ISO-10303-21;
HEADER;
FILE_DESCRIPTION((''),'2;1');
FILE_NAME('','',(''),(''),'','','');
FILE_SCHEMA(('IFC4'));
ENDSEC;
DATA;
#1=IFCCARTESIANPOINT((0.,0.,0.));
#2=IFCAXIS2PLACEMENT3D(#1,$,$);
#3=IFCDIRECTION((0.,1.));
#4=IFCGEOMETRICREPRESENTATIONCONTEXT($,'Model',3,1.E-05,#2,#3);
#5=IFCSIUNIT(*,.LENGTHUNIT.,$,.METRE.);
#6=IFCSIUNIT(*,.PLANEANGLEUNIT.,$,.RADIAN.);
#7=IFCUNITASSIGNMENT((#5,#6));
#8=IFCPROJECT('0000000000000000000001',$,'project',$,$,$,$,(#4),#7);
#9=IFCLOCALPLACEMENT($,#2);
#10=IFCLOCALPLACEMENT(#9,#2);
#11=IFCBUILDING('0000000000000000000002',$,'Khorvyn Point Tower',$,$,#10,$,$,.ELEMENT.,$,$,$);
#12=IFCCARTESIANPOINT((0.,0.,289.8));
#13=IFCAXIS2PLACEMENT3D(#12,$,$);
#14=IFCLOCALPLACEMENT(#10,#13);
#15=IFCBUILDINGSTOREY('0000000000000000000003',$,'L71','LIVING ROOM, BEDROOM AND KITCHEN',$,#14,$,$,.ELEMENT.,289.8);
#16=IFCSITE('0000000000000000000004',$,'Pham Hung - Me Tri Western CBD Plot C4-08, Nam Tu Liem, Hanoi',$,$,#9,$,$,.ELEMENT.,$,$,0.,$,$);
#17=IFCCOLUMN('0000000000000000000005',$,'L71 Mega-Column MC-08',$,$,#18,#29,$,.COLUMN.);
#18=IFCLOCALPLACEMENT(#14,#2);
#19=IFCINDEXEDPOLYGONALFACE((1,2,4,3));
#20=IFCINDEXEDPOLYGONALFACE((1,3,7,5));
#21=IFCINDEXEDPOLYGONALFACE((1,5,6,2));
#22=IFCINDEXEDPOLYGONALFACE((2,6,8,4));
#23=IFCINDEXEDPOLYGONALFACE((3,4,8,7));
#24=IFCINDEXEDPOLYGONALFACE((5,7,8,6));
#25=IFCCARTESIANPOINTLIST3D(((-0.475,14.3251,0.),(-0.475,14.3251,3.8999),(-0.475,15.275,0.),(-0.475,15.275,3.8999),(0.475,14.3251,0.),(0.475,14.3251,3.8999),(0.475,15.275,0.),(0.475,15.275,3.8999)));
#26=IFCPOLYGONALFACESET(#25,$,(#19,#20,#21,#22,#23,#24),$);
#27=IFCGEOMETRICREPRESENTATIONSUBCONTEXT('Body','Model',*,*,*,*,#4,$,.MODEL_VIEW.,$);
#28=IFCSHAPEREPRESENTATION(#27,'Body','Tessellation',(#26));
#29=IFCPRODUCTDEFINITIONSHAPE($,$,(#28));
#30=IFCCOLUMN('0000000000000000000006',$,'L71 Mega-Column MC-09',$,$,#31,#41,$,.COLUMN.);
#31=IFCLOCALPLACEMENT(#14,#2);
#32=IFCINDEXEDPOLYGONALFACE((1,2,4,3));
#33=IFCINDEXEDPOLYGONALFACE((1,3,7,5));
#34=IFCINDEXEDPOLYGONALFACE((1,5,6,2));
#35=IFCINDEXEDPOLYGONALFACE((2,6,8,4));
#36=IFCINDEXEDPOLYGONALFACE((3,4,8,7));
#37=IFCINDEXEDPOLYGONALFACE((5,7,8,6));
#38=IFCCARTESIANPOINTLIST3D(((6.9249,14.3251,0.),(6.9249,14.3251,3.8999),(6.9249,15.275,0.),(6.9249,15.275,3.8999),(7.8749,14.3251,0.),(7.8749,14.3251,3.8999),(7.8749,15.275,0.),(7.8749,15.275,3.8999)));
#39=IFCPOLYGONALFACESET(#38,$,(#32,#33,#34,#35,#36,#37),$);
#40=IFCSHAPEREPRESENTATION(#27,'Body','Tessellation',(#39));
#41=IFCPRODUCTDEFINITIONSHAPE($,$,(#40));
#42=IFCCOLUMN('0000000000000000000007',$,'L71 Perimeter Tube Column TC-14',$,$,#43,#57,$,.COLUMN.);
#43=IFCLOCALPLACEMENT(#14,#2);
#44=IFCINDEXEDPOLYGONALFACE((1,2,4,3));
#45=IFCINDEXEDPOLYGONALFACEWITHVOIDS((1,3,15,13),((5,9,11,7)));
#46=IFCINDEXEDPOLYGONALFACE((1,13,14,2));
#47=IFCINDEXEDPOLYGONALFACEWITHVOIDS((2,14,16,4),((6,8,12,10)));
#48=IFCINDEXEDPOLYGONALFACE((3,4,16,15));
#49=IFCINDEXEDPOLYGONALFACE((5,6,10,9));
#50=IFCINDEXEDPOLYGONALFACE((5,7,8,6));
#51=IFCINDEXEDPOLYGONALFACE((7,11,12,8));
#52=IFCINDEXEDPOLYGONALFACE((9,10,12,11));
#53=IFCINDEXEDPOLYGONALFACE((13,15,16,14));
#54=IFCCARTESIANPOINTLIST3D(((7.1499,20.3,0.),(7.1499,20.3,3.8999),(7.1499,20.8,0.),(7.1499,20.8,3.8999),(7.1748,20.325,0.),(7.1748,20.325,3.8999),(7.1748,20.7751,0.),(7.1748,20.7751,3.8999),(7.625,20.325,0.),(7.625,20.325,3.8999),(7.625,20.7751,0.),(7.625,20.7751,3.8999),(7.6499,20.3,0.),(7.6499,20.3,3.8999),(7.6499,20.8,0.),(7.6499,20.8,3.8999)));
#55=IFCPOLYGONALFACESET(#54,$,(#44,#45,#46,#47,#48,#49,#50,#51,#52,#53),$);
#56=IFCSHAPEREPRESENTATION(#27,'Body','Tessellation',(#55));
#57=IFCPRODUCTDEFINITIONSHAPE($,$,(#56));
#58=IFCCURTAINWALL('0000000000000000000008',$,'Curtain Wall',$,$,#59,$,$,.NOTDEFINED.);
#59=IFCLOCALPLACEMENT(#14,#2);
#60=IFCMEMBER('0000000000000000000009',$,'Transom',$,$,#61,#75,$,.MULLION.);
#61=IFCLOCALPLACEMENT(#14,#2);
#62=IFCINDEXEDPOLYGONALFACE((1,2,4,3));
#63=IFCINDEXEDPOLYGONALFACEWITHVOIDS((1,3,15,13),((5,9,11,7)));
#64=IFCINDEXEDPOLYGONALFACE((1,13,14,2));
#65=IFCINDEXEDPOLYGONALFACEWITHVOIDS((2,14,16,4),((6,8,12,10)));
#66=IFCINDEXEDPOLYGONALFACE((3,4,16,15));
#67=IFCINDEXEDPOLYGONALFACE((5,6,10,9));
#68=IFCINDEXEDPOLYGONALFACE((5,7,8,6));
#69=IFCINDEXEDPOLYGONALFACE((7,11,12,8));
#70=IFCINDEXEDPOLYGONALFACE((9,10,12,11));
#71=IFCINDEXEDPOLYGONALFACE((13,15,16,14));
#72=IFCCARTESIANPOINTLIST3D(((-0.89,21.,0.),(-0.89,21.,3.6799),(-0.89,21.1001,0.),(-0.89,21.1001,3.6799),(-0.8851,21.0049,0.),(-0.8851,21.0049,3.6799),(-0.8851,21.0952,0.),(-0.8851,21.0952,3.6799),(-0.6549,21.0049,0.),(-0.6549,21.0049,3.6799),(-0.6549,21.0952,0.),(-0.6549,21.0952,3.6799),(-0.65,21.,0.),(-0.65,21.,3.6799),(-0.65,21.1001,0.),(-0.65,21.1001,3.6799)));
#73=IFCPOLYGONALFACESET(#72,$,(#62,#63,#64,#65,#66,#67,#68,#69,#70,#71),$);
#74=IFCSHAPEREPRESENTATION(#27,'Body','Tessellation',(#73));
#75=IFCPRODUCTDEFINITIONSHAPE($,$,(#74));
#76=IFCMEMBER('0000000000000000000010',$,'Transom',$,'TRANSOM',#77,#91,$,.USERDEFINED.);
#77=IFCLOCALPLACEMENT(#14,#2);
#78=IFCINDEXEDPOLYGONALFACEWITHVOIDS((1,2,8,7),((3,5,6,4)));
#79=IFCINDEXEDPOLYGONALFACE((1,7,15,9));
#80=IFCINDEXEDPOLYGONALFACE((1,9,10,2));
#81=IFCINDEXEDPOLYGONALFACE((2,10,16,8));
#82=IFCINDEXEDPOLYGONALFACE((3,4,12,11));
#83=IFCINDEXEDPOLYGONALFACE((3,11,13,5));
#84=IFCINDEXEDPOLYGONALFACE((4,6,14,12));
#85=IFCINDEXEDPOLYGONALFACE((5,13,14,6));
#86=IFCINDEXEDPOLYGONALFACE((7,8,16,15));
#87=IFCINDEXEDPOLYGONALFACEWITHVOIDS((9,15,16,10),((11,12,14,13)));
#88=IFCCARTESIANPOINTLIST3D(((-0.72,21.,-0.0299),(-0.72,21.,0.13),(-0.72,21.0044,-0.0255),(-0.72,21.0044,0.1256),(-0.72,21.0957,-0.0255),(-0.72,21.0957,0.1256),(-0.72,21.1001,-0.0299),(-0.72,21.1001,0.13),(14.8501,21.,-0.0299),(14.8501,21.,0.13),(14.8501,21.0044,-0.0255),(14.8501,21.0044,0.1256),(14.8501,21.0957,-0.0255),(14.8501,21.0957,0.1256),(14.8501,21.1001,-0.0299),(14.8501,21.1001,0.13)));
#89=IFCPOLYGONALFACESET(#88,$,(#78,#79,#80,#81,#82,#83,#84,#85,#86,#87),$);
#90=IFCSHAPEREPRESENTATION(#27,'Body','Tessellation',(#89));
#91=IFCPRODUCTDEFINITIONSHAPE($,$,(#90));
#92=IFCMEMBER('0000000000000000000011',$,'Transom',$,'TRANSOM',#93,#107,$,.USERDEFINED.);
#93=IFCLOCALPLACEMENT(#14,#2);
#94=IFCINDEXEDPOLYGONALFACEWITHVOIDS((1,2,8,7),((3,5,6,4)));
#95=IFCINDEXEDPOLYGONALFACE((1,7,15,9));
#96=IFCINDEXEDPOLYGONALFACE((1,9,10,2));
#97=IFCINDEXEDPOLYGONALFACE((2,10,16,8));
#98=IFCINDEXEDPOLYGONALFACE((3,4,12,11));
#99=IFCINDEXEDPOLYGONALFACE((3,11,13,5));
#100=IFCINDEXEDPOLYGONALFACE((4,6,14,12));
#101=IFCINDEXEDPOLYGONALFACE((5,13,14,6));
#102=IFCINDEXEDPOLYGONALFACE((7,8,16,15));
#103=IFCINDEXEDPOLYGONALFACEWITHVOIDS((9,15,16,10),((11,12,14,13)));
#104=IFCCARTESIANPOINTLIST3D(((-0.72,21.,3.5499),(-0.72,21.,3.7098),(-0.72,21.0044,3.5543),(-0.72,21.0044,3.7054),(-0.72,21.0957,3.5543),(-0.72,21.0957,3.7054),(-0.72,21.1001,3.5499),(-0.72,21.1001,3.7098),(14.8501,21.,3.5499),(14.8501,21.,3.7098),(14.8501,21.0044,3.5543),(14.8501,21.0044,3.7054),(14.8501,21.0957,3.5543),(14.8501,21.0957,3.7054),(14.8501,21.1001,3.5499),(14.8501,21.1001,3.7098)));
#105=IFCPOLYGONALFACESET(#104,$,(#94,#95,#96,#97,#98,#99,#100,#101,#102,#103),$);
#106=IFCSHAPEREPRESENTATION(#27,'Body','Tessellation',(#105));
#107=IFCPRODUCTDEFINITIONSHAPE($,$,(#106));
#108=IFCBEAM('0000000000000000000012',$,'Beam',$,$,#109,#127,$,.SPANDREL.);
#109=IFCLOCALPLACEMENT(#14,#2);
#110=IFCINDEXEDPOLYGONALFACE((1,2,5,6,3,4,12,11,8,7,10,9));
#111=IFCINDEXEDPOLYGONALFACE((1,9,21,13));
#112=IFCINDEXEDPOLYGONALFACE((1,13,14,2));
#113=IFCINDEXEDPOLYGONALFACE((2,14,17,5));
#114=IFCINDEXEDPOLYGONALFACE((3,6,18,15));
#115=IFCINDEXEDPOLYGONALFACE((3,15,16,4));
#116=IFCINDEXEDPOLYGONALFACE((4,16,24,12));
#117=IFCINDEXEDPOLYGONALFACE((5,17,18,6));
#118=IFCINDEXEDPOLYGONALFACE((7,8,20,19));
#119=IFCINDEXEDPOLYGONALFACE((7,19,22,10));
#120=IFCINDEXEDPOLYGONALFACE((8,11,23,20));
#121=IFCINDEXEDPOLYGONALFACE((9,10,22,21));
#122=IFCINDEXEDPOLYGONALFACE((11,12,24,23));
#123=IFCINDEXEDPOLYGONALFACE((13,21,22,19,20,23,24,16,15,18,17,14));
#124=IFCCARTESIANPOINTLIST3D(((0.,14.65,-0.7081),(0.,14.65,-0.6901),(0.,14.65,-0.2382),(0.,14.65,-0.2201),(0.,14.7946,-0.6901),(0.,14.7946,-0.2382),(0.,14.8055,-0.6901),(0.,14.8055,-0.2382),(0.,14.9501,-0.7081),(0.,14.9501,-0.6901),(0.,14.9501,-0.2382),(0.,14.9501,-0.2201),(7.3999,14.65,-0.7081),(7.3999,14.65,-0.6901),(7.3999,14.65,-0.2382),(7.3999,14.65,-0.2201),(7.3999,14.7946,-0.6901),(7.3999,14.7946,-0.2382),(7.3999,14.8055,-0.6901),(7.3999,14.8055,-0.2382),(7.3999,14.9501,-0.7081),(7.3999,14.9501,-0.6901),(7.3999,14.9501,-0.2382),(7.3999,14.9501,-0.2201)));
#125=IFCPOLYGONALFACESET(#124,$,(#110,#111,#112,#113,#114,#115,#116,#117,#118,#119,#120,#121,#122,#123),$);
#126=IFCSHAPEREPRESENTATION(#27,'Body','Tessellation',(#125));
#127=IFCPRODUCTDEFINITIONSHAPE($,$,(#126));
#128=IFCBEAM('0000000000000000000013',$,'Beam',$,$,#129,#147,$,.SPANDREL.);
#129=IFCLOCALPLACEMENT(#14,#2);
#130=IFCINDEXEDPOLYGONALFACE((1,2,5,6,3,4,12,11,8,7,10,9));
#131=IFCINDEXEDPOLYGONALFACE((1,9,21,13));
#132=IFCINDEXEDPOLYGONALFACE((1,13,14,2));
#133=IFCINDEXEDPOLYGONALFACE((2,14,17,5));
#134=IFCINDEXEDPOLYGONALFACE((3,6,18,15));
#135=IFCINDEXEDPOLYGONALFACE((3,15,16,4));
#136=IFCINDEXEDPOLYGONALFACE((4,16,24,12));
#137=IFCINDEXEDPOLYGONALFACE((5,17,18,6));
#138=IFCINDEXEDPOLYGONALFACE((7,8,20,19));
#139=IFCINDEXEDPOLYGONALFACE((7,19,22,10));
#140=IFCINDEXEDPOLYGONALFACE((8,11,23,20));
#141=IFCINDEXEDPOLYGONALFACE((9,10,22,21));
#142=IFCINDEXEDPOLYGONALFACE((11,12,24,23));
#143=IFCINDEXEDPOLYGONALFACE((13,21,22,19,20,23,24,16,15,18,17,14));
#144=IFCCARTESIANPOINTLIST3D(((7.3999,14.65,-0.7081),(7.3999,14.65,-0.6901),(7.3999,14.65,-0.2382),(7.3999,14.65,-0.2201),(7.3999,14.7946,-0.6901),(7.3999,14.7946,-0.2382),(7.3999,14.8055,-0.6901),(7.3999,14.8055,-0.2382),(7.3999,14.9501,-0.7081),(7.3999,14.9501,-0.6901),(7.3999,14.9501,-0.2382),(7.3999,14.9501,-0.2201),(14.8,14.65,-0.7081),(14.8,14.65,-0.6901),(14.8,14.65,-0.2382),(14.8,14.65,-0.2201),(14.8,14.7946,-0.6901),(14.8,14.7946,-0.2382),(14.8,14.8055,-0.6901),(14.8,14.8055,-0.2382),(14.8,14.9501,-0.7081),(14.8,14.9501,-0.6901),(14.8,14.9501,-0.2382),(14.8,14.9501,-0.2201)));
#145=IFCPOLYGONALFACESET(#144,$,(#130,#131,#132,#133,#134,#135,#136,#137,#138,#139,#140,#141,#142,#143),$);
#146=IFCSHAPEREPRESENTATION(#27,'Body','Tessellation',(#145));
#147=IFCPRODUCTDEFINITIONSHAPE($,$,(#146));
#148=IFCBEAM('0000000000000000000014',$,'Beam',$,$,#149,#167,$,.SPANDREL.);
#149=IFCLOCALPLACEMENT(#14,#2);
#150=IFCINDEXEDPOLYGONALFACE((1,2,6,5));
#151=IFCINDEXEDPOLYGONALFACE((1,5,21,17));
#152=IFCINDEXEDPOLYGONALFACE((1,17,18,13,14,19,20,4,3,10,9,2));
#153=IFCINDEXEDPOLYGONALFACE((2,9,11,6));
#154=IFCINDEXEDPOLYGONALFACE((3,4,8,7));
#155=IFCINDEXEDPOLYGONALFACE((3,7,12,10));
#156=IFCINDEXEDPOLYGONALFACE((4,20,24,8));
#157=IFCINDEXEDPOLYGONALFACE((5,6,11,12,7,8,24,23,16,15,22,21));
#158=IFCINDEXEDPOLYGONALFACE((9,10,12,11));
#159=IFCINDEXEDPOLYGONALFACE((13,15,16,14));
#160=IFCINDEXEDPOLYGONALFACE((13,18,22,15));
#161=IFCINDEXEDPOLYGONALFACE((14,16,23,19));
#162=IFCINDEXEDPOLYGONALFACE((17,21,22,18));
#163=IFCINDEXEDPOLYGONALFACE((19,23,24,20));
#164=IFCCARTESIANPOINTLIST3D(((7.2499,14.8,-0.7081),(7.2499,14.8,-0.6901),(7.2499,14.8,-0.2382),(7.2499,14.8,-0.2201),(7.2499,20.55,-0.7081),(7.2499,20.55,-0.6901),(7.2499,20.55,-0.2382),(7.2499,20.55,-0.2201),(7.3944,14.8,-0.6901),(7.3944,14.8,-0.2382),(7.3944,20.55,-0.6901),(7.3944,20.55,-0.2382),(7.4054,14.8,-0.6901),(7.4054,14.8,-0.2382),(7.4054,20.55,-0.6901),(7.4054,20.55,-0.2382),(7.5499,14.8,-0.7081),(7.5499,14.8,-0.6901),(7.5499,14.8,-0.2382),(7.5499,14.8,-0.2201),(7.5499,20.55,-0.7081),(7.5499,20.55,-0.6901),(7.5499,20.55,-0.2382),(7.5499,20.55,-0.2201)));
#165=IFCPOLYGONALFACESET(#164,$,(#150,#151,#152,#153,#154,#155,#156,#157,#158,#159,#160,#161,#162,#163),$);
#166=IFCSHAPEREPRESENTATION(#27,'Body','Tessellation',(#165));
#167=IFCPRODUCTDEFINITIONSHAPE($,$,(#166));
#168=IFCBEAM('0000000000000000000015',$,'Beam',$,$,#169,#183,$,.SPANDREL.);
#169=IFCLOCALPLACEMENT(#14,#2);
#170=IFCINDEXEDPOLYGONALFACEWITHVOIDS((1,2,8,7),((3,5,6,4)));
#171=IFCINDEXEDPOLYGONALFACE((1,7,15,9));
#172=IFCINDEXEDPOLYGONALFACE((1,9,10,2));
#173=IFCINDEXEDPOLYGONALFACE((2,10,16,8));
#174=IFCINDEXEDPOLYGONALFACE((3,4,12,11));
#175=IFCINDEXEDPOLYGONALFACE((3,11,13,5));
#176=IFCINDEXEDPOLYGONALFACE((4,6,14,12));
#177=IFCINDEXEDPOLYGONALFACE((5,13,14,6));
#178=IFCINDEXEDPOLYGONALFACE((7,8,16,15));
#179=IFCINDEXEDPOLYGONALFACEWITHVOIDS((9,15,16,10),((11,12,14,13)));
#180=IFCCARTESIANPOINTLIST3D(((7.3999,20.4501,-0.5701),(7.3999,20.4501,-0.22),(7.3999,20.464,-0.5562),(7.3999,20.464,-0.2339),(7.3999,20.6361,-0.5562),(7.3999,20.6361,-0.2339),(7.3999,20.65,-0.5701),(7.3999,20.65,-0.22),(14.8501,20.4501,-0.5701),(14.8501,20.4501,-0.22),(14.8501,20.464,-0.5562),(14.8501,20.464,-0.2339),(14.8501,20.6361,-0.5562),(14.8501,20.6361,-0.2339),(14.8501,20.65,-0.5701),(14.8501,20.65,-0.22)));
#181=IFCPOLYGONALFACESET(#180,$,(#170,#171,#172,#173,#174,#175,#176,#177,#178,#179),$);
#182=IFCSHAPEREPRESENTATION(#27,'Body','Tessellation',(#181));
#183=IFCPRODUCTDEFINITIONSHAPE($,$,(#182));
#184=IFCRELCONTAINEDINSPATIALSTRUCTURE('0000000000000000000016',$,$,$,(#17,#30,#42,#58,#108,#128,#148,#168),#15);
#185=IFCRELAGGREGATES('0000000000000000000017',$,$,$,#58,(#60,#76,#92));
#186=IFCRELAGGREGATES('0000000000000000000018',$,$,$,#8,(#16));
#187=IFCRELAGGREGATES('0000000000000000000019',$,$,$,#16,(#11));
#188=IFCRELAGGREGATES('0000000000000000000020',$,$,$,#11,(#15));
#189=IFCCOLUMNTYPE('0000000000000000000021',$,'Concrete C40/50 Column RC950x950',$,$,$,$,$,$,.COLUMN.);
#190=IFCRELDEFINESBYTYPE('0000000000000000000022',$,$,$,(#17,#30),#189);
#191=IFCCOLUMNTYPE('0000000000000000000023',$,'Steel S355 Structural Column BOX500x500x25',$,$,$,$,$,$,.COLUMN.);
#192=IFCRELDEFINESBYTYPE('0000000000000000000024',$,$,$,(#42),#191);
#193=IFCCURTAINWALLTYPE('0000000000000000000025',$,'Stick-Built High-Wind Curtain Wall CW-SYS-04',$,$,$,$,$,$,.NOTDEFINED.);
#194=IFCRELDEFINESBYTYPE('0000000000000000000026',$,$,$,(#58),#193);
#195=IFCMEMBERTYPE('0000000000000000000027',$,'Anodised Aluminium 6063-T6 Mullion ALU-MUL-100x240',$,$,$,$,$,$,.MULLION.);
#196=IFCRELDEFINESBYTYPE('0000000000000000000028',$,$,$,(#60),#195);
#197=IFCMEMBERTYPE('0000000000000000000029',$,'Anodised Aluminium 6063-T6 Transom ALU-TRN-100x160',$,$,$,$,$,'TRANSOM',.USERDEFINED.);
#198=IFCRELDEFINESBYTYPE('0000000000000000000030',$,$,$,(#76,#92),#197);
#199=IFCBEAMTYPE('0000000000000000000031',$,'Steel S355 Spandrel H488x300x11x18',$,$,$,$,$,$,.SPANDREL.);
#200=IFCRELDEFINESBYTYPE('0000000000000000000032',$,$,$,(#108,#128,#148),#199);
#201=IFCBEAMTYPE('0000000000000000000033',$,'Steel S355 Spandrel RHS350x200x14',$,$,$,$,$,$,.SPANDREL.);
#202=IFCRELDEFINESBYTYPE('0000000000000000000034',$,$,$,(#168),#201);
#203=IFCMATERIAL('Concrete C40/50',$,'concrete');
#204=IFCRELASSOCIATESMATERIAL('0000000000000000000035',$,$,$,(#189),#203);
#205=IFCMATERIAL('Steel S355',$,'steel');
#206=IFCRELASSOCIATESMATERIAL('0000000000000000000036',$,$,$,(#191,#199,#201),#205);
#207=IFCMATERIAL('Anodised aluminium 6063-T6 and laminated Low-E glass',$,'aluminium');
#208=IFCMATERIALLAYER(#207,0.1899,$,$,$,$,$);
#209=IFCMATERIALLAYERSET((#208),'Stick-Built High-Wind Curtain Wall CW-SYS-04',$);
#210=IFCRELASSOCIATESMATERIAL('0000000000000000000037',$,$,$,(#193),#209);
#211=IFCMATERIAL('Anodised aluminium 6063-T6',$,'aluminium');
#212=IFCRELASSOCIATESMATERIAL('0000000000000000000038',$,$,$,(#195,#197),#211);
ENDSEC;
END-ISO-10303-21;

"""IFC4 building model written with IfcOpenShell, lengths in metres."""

from ifc_helpers import new_model, si_unit, direction, frame, origin, origin_2d, place, context, subcontext, project, spatial, rectangle, hollow_rectangle, i_section, extrude, material, layer, layer_set, material_profile, profile_set, type_object, element, aggregate, save


model = new_model("IFC4")

# Units and contexts
model_context = context("Model", 3, precision=1e-05, world=origin(), true_north=direction((0.0, 1.0)))
body_context = subcontext(model_context, "Body", "Model", "MODEL_VIEW")
ifc_project = project(units=[si_unit("LENGTHUNIT", "METRE"), si_unit("PLANEANGLEUNIT", "RADIAN")], contexts=[model_context])

# Site, building, storey
site_placement = place(None, origin())
site = spatial("IfcSite", under=ifc_project, at=site_placement, Name="Pham Hung - Me Tri Western CBD Plot C4-08, Nam Tu Liem, Hanoi", CompositionType="ELEMENT", RefElevation=0.0)
building_placement = place(site_placement, origin())
building = spatial("IfcBuilding", under=site, at=building_placement, Name="Khorvyn Point Tower", CompositionType="ELEMENT")
storey_placement = place(building_placement, frame((0.0, 0.0, 289.8)))
storey = spatial("IfcBuildingStorey", under=building, at=storey_placement, Name="L71", Description="LIVING ROOM, BEDROOM AND KITCHEN", CompositionType="ELEMENT", Elevation=289.8)

# Columns
ifc_material_1 = material(Name="Concrete C40/50", Category="concrete")
ifc_material_profile_1 = material_profile(ifc_material_1, rectangle(XDim=0.95, YDim=0.95, at=origin_2d()))
ifc_profile_set_1 = profile_set([ifc_material_profile_1], Name="Concrete C40/50 RC950x950")
column_type_1 = type_object("IfcColumnType", Name="Concrete C40/50 Column RC950x950", PredefinedType="COLUMN", material=ifc_profile_set_1)
for number, where, z_axis, x_axis, name in (
    (1, (0.0, 14.8, 0.0), (0.0, 0.0, 1.0), (1.0, 0.0, 0.0), "L71 Mega-Column MC-08"),
    (2, (7.3999, 14.8, 0.0), (0.0, 0.0, 1.0), (1.0, 0.0, 0.0), "L71 Mega-Column MC-09"),
):
    element("IfcColumn", number, at=place(storey_placement, frame(where, z_axis=z_axis, x_axis=x_axis)), inside=storey, type_object=column_type_1, Name=name, PredefinedType="COLUMN", context=body_context, shape_type="SweptSolid", body=[
        extrude(rectangle(XDim=0.95, YDim=0.95, at=origin_2d()), origin(), (0.0, 0.0, 1.0), 3.8999),
    ])
ifc_material_2 = material(Name="Steel S355", Category="steel")
ifc_material_profile_2 = material_profile(ifc_material_2, hollow_rectangle(XDim=0.5, YDim=0.5, WallThickness=0.0249, at=origin_2d()))
ifc_profile_set_2 = profile_set([ifc_material_profile_2], Name="Steel S355 BOX500x500x25")
column_type_2 = type_object("IfcColumnType", Name="Steel S355 Structural Column BOX500x500x25", PredefinedType="COLUMN", material=ifc_profile_set_2)
column_placement = place(storey_placement, frame((7.3999, 20.55, 0.0), z_axis=(0.0, 0.0, 1.0), x_axis=(1.0, 0.0, 0.0)))
element("IfcColumn", 3, at=column_placement, inside=storey, type_object=column_type_2, Name="L71 Perimeter Tube Column TC-14", PredefinedType="COLUMN", context=body_context, shape_type="SweptSolid", body=[
    extrude(hollow_rectangle(XDim=0.5, YDim=0.5, WallThickness=0.0249, at=origin_2d()), origin(), (0.0, 0.0, 1.0), 3.8999),
])

# Curtain wall, members
ifc_material_3 = material(Name="Anodised aluminium 6063-T6 and laminated Low-E glass", Category="aluminium")
ifc_layer_1 = layer(ifc_material_3, 0.1899)
ifc_layer_set_1 = layer_set([ifc_layer_1], Name="Stick-Built High-Wind Curtain Wall CW-SYS-04")
curtain_wall_type = type_object("IfcCurtainWallType", Name="Stick-Built High-Wind Curtain Wall CW-SYS-04", PredefinedType="NOTDEFINED", material=ifc_layer_set_1)
curtain_wall_placement = place(storey_placement, origin())
curtain_wall = element("IfcCurtainWall", 4, at=curtain_wall_placement, inside=storey, type_object=curtain_wall_type, Name="Curtain Wall", PredefinedType="NOTDEFINED")
ifc_material_4 = material(Name="Anodised aluminium 6063-T6", Category="aluminium")
ifc_material_profile_3 = material_profile(ifc_material_4, hollow_rectangle(XDim=0.1001, YDim=0.24, WallThickness=0.0049, at=origin_2d()))
ifc_profile_set_3 = profile_set([ifc_material_profile_3], Name="Anodised aluminium 6063-T6 ALU-MUL-100x240")
member_type_1 = type_object("IfcMemberType", Name="Anodised Aluminium 6063-T6 Mullion ALU-MUL-100x240", PredefinedType="MULLION", material=ifc_profile_set_3)
member_1_placement = place(storey_placement, frame((-0.77, 21.05, 0.0), z_axis=(0.0, 0.0, 1.0), x_axis=(0.0, 1.0, 0.0)))
member_1 = element("IfcMember", 5, at=member_1_placement, type_object=member_type_1, Name="Transom", PredefinedType="MULLION", context=body_context, shape_type="SweptSolid", body=[
    extrude(hollow_rectangle(XDim=0.1001, YDim=0.24, WallThickness=0.0049, at=origin_2d()), origin(), (0.0, 0.0, 1.0), 3.6799),
])
ifc_material_profile_4 = material_profile(ifc_material_4, hollow_rectangle(XDim=0.1001, YDim=0.1599, WallThickness=0.0044, at=origin_2d()))
ifc_profile_set_4 = profile_set([ifc_material_profile_4], Name="Anodised aluminium 6063-T6 ALU-TRN-100x160")
member_type_2 = type_object("IfcMemberType", Name="Anodised Aluminium 6063-T6 Transom ALU-TRN-100x160", ElementType="TRANSOM", PredefinedType="USERDEFINED", material=ifc_profile_set_4)
member_2_placement = place(storey_placement, frame((-0.72, 21.05, 0.05), z_axis=(1.0, 0.0, 0.0), x_axis=(0.0, 1.0, 0.0)))
member_2 = element("IfcMember", 6, at=member_2_placement, type_object=member_type_2, Name="Transom", ObjectType="TRANSOM", PredefinedType="USERDEFINED", context=body_context, shape_type="SweptSolid", body=[
    extrude(hollow_rectangle(XDim=0.1001, YDim=0.1599, WallThickness=0.0044, at=origin_2d()), origin(), (0.0, 0.0, 1.0), 15.5701),
])
member_3_placement = place(storey_placement, frame((-0.72, 21.05, 3.6299), z_axis=(1.0, 0.0, 0.0), x_axis=(0.0, 1.0, 0.0)))
member_3 = element("IfcMember", 7, at=member_3_placement, type_object=member_type_2, Name="Transom", ObjectType="TRANSOM", PredefinedType="USERDEFINED", context=body_context, shape_type="SweptSolid", body=[
    extrude(hollow_rectangle(XDim=0.1001, YDim=0.1599, WallThickness=0.0044, at=origin_2d()), origin(), (0.0, 0.0, 1.0), 15.5701),
])

# Beams
ifc_material_profile_5 = material_profile(ifc_material_2, i_section(OverallWidth=0.3, OverallDepth=0.488, WebThickness=0.011, FlangeThickness=0.0181, at=origin_2d()))
ifc_profile_set_5 = profile_set([ifc_material_profile_5], Name="Steel S355 H488x300x11x18")
beam_type_1 = type_object("IfcBeamType", Name="Steel S355 Spandrel H488x300x11x18", PredefinedType="SPANDREL", material=ifc_profile_set_5)
beam_1_placement = place(storey_placement, frame((0.0, 14.8, -0.4641), z_axis=(1.0, 0.0, 0.0), x_axis=(0.0, 1.0, 0.0)))
element("IfcBeam", 8, at=beam_1_placement, inside=storey, type_object=beam_type_1, Name="Beam", PredefinedType="SPANDREL", context=body_context, shape_type="SweptSolid", body=[
    extrude(i_section(OverallWidth=0.3, OverallDepth=0.488, WebThickness=0.011, FlangeThickness=0.0181, at=origin_2d()), origin(), (0.0, 0.0, 1.0), 7.3999),
])
beam_2_placement = place(storey_placement, frame((7.3999, 14.8, -0.4641), z_axis=(1.0, 0.0, 0.0), x_axis=(0.0, 1.0, 0.0)))
element("IfcBeam", 9, at=beam_2_placement, inside=storey, type_object=beam_type_1, Name="Beam", PredefinedType="SPANDREL", context=body_context, shape_type="SweptSolid", body=[
    extrude(i_section(OverallWidth=0.3, OverallDepth=0.488, WebThickness=0.011, FlangeThickness=0.0181, at=origin_2d()), origin(), (0.0, 0.0, 1.0), 7.4001),
])
beam_3_placement = place(storey_placement, frame((7.3999, 14.8, -0.4641), z_axis=(0.0, 1.0, 0.0), x_axis=(-1.0, 0.0, 0.0)))
element("IfcBeam", 10, at=beam_3_placement, inside=storey, type_object=beam_type_1, Name="Beam", PredefinedType="SPANDREL", context=body_context, shape_type="SweptSolid", body=[
    extrude(i_section(OverallWidth=0.3, OverallDepth=0.488, WebThickness=0.011, FlangeThickness=0.0181, at=origin_2d()), origin(), (0.0, 0.0, 1.0), 5.75),
])
ifc_material_profile_6 = material_profile(ifc_material_2, hollow_rectangle(XDim=0.2, YDim=0.3501, WallThickness=0.0139, at=origin_2d()))
ifc_profile_set_6 = profile_set([ifc_material_profile_6], Name="Steel S355 RHS350x200x14")
beam_type_2 = type_object("IfcBeamType", Name="Steel S355 Spandrel RHS350x200x14", PredefinedType="SPANDREL", material=ifc_profile_set_6)
beam_4_placement = place(storey_placement, frame((7.3999, 20.55, -0.395), z_axis=(1.0, 0.0, 0.0), x_axis=(0.0, 1.0, 0.0)))
element("IfcBeam", 11, at=beam_4_placement, inside=storey, type_object=beam_type_2, Name="Beam", PredefinedType="SPANDREL", context=body_context, shape_type="SweptSolid", body=[
    extrude(hollow_rectangle(XDim=0.2, YDim=0.3501, WallThickness=0.0139, at=origin_2d()), origin(), (0.0, 0.0, 1.0), 7.4502),
])

aggregate(curtain_wall, [member_1, member_2, member_3])

save(model, "model.ifc")
